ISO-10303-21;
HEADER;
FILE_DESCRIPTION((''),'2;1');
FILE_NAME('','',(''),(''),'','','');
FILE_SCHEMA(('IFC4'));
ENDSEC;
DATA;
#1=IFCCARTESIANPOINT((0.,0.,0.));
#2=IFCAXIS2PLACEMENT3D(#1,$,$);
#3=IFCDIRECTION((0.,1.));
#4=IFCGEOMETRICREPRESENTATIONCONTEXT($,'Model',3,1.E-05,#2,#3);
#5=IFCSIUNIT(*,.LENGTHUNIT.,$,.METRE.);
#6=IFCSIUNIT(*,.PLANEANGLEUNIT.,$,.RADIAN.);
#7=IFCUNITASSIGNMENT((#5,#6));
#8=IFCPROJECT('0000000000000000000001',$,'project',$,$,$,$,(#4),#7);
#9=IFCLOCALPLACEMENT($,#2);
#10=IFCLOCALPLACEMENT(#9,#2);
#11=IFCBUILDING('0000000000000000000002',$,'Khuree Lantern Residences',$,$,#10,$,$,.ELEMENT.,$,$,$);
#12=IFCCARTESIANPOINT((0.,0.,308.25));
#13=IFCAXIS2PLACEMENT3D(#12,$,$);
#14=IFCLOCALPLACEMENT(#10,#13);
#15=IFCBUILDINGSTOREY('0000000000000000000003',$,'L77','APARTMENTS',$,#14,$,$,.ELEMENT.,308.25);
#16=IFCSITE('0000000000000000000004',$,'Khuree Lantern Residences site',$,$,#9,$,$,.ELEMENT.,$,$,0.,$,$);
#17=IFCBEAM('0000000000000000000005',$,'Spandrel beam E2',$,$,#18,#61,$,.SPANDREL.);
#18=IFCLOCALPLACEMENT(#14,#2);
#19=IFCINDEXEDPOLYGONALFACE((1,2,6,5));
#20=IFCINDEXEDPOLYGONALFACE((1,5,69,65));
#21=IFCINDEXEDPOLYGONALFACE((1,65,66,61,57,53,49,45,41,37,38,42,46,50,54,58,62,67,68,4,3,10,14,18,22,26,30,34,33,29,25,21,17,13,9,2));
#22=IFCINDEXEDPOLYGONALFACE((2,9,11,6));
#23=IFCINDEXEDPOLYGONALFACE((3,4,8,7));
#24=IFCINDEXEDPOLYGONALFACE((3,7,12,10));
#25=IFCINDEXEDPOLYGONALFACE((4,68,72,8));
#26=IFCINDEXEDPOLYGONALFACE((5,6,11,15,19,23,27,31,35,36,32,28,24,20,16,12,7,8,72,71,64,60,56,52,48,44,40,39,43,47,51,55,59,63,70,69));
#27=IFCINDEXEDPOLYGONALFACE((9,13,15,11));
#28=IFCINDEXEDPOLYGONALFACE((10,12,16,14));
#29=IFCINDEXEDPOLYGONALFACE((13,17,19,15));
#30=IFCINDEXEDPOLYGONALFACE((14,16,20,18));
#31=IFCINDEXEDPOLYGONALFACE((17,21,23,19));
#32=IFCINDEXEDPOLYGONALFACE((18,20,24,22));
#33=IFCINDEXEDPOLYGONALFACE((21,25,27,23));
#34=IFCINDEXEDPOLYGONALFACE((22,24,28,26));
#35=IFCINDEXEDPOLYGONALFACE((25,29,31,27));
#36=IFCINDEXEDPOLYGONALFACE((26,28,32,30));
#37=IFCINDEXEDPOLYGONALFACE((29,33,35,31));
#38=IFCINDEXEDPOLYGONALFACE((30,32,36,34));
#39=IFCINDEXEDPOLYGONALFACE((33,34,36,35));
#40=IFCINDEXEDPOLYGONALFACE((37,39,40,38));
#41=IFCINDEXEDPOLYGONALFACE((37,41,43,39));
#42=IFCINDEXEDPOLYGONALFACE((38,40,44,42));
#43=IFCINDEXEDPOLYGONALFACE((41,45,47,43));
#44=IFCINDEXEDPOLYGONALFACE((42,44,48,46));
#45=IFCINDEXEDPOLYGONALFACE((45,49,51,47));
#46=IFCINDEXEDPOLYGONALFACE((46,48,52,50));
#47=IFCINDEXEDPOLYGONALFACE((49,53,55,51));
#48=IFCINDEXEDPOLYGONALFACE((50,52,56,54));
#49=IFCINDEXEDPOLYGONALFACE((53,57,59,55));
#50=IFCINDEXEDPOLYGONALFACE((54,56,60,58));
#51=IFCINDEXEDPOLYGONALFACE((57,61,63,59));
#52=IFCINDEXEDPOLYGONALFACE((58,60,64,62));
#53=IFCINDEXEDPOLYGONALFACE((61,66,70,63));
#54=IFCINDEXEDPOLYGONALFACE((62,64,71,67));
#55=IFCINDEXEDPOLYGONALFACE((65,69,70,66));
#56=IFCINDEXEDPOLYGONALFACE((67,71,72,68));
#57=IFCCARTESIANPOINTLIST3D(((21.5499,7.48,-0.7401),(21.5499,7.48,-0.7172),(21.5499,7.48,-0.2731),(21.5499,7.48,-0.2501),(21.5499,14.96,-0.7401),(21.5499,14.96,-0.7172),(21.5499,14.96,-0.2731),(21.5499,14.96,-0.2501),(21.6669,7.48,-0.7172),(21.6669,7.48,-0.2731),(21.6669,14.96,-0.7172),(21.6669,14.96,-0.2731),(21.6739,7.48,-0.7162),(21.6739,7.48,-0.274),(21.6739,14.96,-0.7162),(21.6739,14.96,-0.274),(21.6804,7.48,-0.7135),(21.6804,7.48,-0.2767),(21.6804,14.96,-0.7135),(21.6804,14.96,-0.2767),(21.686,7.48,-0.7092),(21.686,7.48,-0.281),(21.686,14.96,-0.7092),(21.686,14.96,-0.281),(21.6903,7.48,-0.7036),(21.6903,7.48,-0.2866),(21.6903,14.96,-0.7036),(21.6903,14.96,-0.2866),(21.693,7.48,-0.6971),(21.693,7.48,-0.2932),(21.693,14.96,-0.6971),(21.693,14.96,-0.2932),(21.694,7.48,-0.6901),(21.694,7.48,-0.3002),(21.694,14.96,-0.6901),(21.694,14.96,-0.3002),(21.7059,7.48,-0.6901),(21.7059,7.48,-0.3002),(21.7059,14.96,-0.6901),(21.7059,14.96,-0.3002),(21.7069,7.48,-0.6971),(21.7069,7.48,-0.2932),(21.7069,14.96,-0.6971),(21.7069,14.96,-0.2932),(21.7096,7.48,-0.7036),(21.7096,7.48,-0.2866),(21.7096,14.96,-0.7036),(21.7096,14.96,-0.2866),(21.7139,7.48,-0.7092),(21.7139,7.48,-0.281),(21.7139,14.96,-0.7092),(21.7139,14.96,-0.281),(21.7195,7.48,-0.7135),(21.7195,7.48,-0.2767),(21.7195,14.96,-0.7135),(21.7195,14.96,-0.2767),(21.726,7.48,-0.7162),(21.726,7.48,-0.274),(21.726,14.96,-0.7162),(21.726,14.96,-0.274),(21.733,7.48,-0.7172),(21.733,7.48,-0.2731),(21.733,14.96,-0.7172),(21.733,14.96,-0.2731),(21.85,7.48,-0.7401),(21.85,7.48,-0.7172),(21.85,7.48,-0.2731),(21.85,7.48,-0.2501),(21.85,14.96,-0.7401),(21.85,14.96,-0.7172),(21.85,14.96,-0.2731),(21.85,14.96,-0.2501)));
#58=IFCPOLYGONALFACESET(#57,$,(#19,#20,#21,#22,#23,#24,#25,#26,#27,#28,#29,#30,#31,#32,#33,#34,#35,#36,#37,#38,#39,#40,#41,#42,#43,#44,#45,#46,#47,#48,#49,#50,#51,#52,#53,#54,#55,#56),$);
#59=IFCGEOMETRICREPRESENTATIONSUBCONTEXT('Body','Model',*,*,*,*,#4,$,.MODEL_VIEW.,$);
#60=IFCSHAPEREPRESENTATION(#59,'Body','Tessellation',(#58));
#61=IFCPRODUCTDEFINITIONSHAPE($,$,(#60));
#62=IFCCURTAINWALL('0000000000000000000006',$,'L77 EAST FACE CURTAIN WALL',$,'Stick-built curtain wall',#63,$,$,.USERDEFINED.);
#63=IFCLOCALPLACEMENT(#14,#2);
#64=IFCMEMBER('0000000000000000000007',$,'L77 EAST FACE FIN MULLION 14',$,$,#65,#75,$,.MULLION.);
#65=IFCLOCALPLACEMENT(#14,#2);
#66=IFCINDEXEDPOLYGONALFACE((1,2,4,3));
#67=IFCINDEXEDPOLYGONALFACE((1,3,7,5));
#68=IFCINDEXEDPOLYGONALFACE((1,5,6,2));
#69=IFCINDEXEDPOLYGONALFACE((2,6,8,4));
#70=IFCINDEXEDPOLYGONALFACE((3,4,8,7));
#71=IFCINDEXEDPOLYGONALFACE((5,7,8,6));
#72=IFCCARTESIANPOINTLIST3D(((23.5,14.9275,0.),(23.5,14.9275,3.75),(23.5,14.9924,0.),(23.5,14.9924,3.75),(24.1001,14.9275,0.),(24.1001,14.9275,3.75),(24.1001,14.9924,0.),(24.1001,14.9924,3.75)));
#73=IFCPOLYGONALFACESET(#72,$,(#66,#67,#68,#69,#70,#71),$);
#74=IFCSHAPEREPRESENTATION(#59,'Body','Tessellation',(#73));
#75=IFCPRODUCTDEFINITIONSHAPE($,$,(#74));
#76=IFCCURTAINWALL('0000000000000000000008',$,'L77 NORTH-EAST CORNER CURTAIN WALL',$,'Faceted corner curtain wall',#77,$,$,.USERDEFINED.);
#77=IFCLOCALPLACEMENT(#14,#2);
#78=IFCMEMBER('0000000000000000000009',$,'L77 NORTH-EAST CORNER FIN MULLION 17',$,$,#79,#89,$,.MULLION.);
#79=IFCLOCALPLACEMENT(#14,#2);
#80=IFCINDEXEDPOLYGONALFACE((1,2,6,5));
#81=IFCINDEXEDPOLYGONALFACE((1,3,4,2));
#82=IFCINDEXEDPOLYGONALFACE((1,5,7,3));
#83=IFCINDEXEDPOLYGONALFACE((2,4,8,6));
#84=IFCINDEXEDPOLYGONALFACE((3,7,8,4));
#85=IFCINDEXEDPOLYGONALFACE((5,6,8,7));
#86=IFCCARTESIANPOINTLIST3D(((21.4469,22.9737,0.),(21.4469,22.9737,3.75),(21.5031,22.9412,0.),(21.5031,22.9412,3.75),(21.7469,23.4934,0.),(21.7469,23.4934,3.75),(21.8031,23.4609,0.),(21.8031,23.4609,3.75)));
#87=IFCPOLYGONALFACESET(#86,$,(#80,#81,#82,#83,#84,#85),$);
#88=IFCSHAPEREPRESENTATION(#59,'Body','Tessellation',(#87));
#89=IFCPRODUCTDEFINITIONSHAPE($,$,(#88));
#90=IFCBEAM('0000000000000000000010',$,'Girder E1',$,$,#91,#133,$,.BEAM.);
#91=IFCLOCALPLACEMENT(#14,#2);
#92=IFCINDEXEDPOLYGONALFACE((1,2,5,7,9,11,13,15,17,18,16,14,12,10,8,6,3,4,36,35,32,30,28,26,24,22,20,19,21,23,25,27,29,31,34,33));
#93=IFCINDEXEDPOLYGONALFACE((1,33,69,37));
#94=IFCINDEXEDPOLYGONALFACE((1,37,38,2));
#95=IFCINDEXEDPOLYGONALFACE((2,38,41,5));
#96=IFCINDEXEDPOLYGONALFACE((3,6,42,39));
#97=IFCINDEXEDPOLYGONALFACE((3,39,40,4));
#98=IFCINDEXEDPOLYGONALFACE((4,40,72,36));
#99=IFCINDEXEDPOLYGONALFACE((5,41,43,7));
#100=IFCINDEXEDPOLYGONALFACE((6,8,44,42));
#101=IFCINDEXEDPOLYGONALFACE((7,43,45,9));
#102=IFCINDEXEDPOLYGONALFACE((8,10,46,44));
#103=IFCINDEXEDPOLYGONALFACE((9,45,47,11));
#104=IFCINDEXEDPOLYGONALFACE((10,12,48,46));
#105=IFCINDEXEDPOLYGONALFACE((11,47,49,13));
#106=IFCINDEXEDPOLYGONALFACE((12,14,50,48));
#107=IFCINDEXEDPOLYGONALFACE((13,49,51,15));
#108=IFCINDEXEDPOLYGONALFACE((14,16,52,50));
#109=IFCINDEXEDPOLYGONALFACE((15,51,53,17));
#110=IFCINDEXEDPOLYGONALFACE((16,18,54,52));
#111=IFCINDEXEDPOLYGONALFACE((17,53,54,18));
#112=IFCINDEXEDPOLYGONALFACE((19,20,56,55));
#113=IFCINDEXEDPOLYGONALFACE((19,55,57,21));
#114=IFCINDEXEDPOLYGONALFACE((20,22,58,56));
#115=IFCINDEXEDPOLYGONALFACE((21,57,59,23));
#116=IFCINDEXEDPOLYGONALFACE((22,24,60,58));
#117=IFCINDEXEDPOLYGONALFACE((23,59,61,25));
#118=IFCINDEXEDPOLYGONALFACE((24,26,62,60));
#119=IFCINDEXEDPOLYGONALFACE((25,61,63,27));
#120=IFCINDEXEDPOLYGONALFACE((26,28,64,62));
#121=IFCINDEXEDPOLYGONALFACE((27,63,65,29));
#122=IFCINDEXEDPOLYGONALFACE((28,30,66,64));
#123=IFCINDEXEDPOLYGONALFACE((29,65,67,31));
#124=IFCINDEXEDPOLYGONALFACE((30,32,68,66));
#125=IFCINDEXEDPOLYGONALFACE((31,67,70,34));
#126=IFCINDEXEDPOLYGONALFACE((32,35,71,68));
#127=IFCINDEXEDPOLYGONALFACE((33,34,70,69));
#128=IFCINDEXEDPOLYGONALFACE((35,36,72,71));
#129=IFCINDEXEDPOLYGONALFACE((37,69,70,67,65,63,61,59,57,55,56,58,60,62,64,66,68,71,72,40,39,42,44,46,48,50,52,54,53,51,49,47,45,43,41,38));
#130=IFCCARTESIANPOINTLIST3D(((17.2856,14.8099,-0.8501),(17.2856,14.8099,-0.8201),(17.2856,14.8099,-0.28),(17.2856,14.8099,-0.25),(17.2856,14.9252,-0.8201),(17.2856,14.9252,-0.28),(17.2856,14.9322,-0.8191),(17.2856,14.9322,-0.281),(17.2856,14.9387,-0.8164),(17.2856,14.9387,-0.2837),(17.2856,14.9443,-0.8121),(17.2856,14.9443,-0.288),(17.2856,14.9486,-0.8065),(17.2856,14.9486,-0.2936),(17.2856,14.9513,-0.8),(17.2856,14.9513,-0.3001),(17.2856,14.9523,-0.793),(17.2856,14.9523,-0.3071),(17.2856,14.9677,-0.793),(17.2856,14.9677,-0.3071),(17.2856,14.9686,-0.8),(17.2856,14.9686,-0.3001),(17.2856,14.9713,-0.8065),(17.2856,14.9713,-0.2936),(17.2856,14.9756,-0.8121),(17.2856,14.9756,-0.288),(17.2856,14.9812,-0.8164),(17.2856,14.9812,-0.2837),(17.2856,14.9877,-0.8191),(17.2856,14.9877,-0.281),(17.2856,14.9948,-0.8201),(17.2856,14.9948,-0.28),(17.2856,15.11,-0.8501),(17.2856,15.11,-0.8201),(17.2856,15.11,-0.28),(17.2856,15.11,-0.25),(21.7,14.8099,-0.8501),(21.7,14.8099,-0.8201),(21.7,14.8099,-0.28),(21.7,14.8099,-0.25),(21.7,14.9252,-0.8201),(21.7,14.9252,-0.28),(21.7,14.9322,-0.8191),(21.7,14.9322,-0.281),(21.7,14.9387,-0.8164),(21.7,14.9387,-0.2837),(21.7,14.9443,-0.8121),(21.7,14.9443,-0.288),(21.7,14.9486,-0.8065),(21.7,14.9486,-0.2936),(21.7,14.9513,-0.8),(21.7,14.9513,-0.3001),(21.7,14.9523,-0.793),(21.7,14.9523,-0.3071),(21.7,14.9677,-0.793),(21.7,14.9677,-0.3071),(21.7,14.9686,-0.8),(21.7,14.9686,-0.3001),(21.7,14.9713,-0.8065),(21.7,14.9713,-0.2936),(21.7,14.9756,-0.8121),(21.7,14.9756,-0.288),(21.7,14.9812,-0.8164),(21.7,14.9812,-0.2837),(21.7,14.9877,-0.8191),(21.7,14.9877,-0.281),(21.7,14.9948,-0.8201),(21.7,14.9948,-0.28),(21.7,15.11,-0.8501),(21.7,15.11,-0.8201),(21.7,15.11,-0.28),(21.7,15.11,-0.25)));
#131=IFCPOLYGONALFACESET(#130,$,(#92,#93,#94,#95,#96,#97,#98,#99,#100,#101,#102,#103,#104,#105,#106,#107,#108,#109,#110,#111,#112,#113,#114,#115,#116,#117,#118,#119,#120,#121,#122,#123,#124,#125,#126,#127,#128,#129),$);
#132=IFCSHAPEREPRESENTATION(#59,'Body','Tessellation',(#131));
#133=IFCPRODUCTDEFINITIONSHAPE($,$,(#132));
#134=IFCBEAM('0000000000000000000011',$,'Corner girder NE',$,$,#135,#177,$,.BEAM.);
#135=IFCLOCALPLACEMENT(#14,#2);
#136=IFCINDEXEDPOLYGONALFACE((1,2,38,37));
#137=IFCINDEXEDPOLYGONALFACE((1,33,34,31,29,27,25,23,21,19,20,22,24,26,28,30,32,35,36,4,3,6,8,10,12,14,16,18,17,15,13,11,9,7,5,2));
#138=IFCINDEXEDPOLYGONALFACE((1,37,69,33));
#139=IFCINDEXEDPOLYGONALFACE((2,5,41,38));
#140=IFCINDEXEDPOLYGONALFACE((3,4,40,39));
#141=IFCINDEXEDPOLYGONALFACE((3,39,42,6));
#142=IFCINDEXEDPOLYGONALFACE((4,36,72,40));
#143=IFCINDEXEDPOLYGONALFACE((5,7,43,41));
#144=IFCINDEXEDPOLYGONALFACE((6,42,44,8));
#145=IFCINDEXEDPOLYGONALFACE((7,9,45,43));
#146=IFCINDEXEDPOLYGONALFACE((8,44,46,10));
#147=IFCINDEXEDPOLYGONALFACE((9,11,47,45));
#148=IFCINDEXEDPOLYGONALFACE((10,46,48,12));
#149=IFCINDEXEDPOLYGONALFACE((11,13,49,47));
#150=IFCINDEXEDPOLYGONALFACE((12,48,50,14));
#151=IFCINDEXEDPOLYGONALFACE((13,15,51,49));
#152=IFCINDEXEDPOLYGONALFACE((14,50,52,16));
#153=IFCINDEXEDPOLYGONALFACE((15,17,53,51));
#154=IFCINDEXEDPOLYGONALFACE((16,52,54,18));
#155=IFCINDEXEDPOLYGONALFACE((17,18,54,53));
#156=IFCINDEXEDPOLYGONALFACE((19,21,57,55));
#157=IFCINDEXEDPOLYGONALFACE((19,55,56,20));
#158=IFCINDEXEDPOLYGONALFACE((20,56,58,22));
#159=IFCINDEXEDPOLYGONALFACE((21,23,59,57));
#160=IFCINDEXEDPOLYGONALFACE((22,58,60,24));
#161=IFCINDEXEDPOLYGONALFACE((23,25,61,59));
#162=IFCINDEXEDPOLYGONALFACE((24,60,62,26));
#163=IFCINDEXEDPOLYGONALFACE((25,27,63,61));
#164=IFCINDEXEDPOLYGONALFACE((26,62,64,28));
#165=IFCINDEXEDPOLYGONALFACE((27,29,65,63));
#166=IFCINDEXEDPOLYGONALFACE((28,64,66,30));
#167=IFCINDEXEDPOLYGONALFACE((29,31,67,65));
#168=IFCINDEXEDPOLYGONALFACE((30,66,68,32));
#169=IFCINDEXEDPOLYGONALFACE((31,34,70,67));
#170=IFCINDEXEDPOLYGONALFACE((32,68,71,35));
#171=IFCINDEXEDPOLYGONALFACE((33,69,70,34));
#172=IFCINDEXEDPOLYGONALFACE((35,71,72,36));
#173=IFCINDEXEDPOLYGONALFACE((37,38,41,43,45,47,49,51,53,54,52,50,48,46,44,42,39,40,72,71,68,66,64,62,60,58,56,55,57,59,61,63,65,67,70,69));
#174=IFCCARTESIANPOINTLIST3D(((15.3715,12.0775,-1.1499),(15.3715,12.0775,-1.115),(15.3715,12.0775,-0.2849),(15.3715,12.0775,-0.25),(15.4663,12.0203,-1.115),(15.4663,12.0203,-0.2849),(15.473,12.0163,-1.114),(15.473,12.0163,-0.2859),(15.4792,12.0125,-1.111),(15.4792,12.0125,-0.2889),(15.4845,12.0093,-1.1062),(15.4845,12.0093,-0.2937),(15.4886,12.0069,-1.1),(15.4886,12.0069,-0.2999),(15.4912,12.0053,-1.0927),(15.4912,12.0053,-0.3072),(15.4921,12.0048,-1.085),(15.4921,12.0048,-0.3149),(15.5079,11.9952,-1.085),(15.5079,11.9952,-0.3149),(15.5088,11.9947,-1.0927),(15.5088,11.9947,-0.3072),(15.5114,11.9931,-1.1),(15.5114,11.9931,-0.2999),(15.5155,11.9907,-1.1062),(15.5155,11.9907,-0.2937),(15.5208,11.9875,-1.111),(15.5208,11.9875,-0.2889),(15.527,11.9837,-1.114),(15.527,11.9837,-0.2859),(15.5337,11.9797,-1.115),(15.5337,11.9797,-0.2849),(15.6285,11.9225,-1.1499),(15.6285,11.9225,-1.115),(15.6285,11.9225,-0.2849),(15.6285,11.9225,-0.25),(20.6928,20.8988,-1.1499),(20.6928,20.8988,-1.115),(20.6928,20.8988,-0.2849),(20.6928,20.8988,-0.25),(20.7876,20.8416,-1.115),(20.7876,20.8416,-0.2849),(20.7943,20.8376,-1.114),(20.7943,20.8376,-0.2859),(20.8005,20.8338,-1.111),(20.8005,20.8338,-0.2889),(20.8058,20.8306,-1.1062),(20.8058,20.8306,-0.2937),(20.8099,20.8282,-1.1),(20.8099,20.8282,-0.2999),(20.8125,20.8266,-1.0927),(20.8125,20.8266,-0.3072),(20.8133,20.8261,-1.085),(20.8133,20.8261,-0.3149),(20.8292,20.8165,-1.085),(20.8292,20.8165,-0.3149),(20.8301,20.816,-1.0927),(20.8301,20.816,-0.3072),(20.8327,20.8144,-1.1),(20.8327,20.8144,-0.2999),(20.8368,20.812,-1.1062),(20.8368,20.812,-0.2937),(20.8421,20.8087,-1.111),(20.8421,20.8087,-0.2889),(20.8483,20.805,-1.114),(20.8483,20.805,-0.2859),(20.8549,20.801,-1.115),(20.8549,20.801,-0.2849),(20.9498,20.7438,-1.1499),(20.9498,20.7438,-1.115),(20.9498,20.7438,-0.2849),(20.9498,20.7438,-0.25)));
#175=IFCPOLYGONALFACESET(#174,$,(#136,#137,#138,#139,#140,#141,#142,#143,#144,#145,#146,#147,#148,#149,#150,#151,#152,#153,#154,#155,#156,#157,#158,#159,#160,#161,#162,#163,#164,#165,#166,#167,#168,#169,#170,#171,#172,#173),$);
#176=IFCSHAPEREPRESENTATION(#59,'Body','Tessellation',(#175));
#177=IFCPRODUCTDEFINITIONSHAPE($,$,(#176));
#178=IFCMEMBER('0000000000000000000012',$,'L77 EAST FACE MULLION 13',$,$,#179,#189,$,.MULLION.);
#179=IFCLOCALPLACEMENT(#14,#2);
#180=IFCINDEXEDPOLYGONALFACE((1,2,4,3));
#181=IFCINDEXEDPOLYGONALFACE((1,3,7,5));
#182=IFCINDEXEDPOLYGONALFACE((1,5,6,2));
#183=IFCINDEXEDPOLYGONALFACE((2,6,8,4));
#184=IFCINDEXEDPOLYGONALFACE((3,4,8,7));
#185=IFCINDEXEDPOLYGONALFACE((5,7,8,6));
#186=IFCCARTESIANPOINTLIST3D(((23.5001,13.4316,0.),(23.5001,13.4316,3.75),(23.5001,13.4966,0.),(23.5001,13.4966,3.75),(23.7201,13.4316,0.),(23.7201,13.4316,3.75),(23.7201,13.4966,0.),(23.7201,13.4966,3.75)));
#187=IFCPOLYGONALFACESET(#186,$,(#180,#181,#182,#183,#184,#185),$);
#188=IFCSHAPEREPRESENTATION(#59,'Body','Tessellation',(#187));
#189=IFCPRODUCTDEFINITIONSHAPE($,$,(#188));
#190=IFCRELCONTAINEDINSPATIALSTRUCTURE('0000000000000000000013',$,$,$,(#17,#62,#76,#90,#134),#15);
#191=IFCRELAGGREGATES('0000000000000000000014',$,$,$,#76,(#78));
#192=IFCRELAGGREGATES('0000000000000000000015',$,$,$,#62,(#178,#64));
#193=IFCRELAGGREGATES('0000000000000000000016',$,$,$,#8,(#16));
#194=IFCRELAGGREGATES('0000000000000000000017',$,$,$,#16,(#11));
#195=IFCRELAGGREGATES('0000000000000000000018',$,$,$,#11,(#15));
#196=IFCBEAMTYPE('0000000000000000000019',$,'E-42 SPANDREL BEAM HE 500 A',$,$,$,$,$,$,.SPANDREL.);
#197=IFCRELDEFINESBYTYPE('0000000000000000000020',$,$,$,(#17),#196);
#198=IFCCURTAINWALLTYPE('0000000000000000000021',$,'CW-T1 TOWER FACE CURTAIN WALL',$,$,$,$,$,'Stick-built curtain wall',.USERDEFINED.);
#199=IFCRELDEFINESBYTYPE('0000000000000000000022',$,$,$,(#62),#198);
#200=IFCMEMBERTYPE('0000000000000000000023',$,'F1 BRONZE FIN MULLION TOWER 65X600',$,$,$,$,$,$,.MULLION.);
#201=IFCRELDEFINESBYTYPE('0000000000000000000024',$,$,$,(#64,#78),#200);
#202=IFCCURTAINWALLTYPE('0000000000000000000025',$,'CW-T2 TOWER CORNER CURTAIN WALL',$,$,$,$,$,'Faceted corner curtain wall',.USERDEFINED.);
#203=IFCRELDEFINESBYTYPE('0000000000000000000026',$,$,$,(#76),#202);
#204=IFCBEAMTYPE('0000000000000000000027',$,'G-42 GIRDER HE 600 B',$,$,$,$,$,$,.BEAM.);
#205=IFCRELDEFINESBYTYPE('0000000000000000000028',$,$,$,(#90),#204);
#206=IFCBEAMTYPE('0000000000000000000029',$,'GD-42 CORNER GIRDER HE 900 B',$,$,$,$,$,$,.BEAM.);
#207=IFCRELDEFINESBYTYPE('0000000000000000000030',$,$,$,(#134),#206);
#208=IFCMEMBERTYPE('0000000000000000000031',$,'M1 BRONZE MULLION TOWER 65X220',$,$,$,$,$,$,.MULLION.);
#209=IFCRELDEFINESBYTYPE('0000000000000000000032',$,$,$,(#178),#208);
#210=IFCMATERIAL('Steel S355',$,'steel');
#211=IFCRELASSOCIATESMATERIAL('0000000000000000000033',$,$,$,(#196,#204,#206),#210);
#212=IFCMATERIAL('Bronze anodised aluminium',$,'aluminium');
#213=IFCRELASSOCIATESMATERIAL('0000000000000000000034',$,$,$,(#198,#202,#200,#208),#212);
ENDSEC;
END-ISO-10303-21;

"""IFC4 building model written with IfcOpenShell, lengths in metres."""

from ifc_helpers import new_model, si_unit, direction, frame, origin, origin_2d, place, context, subcontext, project, spatial, rectangle, i_section, extrude, material, material_profile, profile_set, type_object, element, aggregate, save


model = new_model("IFC4")

# Units and contexts
model_context = context("Model", 3, precision=1e-05, world=origin(), true_north=direction((0.0, 1.0)))
body_context = subcontext(model_context, "Body", "Model", "MODEL_VIEW")
ifc_project = project(units=[si_unit("LENGTHUNIT", "METRE"), si_unit("PLANEANGLEUNIT", "RADIAN")], contexts=[model_context])

# Site, building, storey
site_placement = place(None, origin())
site = spatial("IfcSite", under=ifc_project, at=site_placement, Name="Khuree Lantern Residences site", CompositionType="ELEMENT", RefElevation=0.0)
building_placement = place(site_placement, origin())
building = spatial("IfcBuilding", under=site, at=building_placement, Name="Khuree Lantern Residences", CompositionType="ELEMENT")
storey_placement = place(building_placement, frame((0.0, 0.0, 308.25)))
storey = spatial("IfcBuildingStorey", under=building, at=storey_placement, Name="L77", Description="APARTMENTS", CompositionType="ELEMENT", Elevation=308.25)

# Beam
ifc_material_1 = material(Name="Steel S355", Category="steel")
ifc_material_profile_1 = material_profile(ifc_material_1, i_section(OverallWidth=0.3, OverallDepth=0.49, WebThickness=0.012, FlangeThickness=0.0229, FilletRadius=0.0271, at=origin_2d()), Name="HE 500 A")
ifc_profile_set_1 = profile_set([ifc_material_profile_1], Name="Steel S355")
beam_type_1 = type_object("IfcBeamType", Name="E-42 SPANDREL BEAM HE 500 A", PredefinedType="SPANDREL", material=ifc_profile_set_1)
beam_1_placement = place(storey_placement, frame((21.7, 14.96, -0.4951), z_axis=(0.0, -1.0, 0.0), x_axis=(1.0, 0.0, 0.0)))
element("IfcBeam", 1, at=beam_1_placement, inside=storey, type_object=beam_type_1, Name="Spandrel beam E2", PredefinedType="SPANDREL", context=body_context, shape_type="SweptSolid", body=[
    extrude(i_section(OverallWidth=0.3, OverallDepth=0.49, WebThickness=0.012, FlangeThickness=0.0229, FilletRadius=0.0271, at=origin_2d()), origin(), (0.0, 0.0, 1.0), 7.48),
])

# Curtain walls, members
ifc_material_2 = material(Name="Bronze anodised aluminium", Category="aluminium")
curtain_wall_type_1 = type_object("IfcCurtainWallType", Name="CW-T1 TOWER FACE CURTAIN WALL", ElementType="Stick-built curtain wall", PredefinedType="USERDEFINED", material=ifc_material_2)
curtain_wall_1_placement = place(storey_placement, origin())
curtain_wall_1 = element("IfcCurtainWall", 2, at=curtain_wall_1_placement, inside=storey, type_object=curtain_wall_type_1, Name="L77 EAST FACE CURTAIN WALL", ObjectType="Stick-built curtain wall", PredefinedType="USERDEFINED")
ifc_material_profile_2 = material_profile(ifc_material_2, rectangle(XDim=0.0649, YDim=0.6001, at=origin_2d()), Name="F1 65X600")
ifc_profile_set_2 = profile_set([ifc_material_profile_2], Name="Bronze anodised aluminium")
member_type_1 = type_object("IfcMemberType", Name="F1 BRONZE FIN MULLION TOWER 65X600", PredefinedType="MULLION", material=ifc_profile_set_2)
member_1_placement = place(storey_placement, frame((23.8, 14.96, 0.0), z_axis=(0.0, 0.0, 1.0), x_axis=(0.0, 1.0, 0.0)))
member_1 = element("IfcMember", 3, at=member_1_placement, type_object=member_type_1, Name="L77 EAST FACE FIN MULLION 14", PredefinedType="MULLION", context=body_context, shape_type="SweptSolid", body=[
    extrude(rectangle(XDim=0.0649, YDim=0.6001, at=origin_2d()), origin(), (0.0, 0.0, 1.0), 3.75),
])
curtain_wall_type_2 = type_object("IfcCurtainWallType", Name="CW-T2 TOWER CORNER CURTAIN WALL", ElementType="Faceted corner curtain wall", PredefinedType="USERDEFINED", material=ifc_material_2)
curtain_wall_2_placement = place(storey_placement, origin())
curtain_wall_2 = element("IfcCurtainWall", 4, at=curtain_wall_2_placement, inside=storey, type_object=curtain_wall_type_2, Name="L77 NORTH-EAST CORNER CURTAIN WALL", ObjectType="Faceted corner curtain wall", PredefinedType="USERDEFINED")
member_2_placement = place(storey_placement, frame((21.625, 23.2173, 0.0), z_axis=(0.0, 0.0, 1.0), x_axis=(-0.866025, 0.5, 0.0)))
member_2 = element("IfcMember", 5, at=member_2_placement, type_object=member_type_1, Name="L77 NORTH-EAST CORNER FIN MULLION 17", PredefinedType="MULLION", context=body_context, shape_type="SweptSolid", body=[
    extrude(rectangle(XDim=0.0649, YDim=0.6001, at=origin_2d()), origin(), (0.0, 0.0, 1.0), 3.75),
])

# Beams
ifc_material_profile_3 = material_profile(ifc_material_1, i_section(OverallWidth=0.3, OverallDepth=0.6001, WebThickness=0.0154, FlangeThickness=0.03, FilletRadius=0.0271, at=origin_2d()), Name="HE 600 B")
ifc_profile_set_3 = profile_set([ifc_material_profile_3], Name="Steel S355")
beam_type_2 = type_object("IfcBeamType", Name="G-42 GIRDER HE 600 B", PredefinedType="BEAM", material=ifc_profile_set_3)
beam_2_placement = place(storey_placement, frame((21.7, 14.96, -0.55), z_axis=(-1.0, 0.0, 0.0), x_axis=(0.0, -1.0, 0.0)))
element("IfcBeam", 6, at=beam_2_placement, inside=storey, type_object=beam_type_2, Name="Girder E1", PredefinedType="BEAM", context=body_context, shape_type="SweptSolid", body=[
    extrude(i_section(OverallWidth=0.3, OverallDepth=0.6001, WebThickness=0.0154, FlangeThickness=0.03, FilletRadius=0.0271, at=origin_2d()), origin(), (0.0, 0.0, 1.0), 4.4143),
])
ifc_material_profile_4 = material_profile(ifc_material_1, i_section(OverallWidth=0.3, OverallDepth=0.8999, WebThickness=0.0186, FlangeThickness=0.0349, FilletRadius=0.03, at=origin_2d()), Name="HE 900 B")
ifc_profile_set_4 = profile_set([ifc_material_profile_4], Name="Steel S355")
beam_type_3 = type_object("IfcBeamType", Name="GD-42 CORNER GIRDER HE 900 B", PredefinedType="BEAM", material=ifc_profile_set_4)
beam_3_placement = place(storey_placement, frame((20.8213, 20.8213, -0.7), z_axis=(-0.51653, -0.856269, 0.0), x_axis=(0.856269, -0.51653, 0.0)))
element("IfcBeam", 7, at=beam_3_placement, inside=storey, type_object=beam_type_3, Name="Corner girder NE", PredefinedType="BEAM", context=body_context, shape_type="SweptSolid", body=[
    extrude(i_section(OverallWidth=0.3, OverallDepth=0.8999, WebThickness=0.0186, FlangeThickness=0.0349, FilletRadius=0.03, at=origin_2d()), origin(), (0.0, 0.0, 1.0), 10.302),
])

# Member
ifc_material_profile_5 = material_profile(ifc_material_2, rectangle(XDim=0.0649, YDim=0.22, at=origin_2d()), Name="M1 65X220")
ifc_profile_set_5 = profile_set([ifc_material_profile_5], Name="Bronze anodised aluminium")
member_type_2 = type_object("IfcMemberType", Name="M1 BRONZE MULLION TOWER 65X220", PredefinedType="MULLION", material=ifc_profile_set_5)
member_3_placement = place(storey_placement, frame((23.6101, 13.4641, 0.0), z_axis=(0.0, 0.0, 1.0), x_axis=(0.0, 1.0, 0.0)))
member_3 = element("IfcMember", 8, at=member_3_placement, type_object=member_type_2, Name="L77 EAST FACE MULLION 13", PredefinedType="MULLION", context=body_context, shape_type="SweptSolid", body=[
    extrude(rectangle(XDim=0.0649, YDim=0.22, at=origin_2d()), origin(), (0.0, 0.0, 1.0), 3.75),
])

aggregate(curtain_wall_2, [member_2])
aggregate(curtain_wall_1, [member_3, member_1])

save(model, "model.ifc")
